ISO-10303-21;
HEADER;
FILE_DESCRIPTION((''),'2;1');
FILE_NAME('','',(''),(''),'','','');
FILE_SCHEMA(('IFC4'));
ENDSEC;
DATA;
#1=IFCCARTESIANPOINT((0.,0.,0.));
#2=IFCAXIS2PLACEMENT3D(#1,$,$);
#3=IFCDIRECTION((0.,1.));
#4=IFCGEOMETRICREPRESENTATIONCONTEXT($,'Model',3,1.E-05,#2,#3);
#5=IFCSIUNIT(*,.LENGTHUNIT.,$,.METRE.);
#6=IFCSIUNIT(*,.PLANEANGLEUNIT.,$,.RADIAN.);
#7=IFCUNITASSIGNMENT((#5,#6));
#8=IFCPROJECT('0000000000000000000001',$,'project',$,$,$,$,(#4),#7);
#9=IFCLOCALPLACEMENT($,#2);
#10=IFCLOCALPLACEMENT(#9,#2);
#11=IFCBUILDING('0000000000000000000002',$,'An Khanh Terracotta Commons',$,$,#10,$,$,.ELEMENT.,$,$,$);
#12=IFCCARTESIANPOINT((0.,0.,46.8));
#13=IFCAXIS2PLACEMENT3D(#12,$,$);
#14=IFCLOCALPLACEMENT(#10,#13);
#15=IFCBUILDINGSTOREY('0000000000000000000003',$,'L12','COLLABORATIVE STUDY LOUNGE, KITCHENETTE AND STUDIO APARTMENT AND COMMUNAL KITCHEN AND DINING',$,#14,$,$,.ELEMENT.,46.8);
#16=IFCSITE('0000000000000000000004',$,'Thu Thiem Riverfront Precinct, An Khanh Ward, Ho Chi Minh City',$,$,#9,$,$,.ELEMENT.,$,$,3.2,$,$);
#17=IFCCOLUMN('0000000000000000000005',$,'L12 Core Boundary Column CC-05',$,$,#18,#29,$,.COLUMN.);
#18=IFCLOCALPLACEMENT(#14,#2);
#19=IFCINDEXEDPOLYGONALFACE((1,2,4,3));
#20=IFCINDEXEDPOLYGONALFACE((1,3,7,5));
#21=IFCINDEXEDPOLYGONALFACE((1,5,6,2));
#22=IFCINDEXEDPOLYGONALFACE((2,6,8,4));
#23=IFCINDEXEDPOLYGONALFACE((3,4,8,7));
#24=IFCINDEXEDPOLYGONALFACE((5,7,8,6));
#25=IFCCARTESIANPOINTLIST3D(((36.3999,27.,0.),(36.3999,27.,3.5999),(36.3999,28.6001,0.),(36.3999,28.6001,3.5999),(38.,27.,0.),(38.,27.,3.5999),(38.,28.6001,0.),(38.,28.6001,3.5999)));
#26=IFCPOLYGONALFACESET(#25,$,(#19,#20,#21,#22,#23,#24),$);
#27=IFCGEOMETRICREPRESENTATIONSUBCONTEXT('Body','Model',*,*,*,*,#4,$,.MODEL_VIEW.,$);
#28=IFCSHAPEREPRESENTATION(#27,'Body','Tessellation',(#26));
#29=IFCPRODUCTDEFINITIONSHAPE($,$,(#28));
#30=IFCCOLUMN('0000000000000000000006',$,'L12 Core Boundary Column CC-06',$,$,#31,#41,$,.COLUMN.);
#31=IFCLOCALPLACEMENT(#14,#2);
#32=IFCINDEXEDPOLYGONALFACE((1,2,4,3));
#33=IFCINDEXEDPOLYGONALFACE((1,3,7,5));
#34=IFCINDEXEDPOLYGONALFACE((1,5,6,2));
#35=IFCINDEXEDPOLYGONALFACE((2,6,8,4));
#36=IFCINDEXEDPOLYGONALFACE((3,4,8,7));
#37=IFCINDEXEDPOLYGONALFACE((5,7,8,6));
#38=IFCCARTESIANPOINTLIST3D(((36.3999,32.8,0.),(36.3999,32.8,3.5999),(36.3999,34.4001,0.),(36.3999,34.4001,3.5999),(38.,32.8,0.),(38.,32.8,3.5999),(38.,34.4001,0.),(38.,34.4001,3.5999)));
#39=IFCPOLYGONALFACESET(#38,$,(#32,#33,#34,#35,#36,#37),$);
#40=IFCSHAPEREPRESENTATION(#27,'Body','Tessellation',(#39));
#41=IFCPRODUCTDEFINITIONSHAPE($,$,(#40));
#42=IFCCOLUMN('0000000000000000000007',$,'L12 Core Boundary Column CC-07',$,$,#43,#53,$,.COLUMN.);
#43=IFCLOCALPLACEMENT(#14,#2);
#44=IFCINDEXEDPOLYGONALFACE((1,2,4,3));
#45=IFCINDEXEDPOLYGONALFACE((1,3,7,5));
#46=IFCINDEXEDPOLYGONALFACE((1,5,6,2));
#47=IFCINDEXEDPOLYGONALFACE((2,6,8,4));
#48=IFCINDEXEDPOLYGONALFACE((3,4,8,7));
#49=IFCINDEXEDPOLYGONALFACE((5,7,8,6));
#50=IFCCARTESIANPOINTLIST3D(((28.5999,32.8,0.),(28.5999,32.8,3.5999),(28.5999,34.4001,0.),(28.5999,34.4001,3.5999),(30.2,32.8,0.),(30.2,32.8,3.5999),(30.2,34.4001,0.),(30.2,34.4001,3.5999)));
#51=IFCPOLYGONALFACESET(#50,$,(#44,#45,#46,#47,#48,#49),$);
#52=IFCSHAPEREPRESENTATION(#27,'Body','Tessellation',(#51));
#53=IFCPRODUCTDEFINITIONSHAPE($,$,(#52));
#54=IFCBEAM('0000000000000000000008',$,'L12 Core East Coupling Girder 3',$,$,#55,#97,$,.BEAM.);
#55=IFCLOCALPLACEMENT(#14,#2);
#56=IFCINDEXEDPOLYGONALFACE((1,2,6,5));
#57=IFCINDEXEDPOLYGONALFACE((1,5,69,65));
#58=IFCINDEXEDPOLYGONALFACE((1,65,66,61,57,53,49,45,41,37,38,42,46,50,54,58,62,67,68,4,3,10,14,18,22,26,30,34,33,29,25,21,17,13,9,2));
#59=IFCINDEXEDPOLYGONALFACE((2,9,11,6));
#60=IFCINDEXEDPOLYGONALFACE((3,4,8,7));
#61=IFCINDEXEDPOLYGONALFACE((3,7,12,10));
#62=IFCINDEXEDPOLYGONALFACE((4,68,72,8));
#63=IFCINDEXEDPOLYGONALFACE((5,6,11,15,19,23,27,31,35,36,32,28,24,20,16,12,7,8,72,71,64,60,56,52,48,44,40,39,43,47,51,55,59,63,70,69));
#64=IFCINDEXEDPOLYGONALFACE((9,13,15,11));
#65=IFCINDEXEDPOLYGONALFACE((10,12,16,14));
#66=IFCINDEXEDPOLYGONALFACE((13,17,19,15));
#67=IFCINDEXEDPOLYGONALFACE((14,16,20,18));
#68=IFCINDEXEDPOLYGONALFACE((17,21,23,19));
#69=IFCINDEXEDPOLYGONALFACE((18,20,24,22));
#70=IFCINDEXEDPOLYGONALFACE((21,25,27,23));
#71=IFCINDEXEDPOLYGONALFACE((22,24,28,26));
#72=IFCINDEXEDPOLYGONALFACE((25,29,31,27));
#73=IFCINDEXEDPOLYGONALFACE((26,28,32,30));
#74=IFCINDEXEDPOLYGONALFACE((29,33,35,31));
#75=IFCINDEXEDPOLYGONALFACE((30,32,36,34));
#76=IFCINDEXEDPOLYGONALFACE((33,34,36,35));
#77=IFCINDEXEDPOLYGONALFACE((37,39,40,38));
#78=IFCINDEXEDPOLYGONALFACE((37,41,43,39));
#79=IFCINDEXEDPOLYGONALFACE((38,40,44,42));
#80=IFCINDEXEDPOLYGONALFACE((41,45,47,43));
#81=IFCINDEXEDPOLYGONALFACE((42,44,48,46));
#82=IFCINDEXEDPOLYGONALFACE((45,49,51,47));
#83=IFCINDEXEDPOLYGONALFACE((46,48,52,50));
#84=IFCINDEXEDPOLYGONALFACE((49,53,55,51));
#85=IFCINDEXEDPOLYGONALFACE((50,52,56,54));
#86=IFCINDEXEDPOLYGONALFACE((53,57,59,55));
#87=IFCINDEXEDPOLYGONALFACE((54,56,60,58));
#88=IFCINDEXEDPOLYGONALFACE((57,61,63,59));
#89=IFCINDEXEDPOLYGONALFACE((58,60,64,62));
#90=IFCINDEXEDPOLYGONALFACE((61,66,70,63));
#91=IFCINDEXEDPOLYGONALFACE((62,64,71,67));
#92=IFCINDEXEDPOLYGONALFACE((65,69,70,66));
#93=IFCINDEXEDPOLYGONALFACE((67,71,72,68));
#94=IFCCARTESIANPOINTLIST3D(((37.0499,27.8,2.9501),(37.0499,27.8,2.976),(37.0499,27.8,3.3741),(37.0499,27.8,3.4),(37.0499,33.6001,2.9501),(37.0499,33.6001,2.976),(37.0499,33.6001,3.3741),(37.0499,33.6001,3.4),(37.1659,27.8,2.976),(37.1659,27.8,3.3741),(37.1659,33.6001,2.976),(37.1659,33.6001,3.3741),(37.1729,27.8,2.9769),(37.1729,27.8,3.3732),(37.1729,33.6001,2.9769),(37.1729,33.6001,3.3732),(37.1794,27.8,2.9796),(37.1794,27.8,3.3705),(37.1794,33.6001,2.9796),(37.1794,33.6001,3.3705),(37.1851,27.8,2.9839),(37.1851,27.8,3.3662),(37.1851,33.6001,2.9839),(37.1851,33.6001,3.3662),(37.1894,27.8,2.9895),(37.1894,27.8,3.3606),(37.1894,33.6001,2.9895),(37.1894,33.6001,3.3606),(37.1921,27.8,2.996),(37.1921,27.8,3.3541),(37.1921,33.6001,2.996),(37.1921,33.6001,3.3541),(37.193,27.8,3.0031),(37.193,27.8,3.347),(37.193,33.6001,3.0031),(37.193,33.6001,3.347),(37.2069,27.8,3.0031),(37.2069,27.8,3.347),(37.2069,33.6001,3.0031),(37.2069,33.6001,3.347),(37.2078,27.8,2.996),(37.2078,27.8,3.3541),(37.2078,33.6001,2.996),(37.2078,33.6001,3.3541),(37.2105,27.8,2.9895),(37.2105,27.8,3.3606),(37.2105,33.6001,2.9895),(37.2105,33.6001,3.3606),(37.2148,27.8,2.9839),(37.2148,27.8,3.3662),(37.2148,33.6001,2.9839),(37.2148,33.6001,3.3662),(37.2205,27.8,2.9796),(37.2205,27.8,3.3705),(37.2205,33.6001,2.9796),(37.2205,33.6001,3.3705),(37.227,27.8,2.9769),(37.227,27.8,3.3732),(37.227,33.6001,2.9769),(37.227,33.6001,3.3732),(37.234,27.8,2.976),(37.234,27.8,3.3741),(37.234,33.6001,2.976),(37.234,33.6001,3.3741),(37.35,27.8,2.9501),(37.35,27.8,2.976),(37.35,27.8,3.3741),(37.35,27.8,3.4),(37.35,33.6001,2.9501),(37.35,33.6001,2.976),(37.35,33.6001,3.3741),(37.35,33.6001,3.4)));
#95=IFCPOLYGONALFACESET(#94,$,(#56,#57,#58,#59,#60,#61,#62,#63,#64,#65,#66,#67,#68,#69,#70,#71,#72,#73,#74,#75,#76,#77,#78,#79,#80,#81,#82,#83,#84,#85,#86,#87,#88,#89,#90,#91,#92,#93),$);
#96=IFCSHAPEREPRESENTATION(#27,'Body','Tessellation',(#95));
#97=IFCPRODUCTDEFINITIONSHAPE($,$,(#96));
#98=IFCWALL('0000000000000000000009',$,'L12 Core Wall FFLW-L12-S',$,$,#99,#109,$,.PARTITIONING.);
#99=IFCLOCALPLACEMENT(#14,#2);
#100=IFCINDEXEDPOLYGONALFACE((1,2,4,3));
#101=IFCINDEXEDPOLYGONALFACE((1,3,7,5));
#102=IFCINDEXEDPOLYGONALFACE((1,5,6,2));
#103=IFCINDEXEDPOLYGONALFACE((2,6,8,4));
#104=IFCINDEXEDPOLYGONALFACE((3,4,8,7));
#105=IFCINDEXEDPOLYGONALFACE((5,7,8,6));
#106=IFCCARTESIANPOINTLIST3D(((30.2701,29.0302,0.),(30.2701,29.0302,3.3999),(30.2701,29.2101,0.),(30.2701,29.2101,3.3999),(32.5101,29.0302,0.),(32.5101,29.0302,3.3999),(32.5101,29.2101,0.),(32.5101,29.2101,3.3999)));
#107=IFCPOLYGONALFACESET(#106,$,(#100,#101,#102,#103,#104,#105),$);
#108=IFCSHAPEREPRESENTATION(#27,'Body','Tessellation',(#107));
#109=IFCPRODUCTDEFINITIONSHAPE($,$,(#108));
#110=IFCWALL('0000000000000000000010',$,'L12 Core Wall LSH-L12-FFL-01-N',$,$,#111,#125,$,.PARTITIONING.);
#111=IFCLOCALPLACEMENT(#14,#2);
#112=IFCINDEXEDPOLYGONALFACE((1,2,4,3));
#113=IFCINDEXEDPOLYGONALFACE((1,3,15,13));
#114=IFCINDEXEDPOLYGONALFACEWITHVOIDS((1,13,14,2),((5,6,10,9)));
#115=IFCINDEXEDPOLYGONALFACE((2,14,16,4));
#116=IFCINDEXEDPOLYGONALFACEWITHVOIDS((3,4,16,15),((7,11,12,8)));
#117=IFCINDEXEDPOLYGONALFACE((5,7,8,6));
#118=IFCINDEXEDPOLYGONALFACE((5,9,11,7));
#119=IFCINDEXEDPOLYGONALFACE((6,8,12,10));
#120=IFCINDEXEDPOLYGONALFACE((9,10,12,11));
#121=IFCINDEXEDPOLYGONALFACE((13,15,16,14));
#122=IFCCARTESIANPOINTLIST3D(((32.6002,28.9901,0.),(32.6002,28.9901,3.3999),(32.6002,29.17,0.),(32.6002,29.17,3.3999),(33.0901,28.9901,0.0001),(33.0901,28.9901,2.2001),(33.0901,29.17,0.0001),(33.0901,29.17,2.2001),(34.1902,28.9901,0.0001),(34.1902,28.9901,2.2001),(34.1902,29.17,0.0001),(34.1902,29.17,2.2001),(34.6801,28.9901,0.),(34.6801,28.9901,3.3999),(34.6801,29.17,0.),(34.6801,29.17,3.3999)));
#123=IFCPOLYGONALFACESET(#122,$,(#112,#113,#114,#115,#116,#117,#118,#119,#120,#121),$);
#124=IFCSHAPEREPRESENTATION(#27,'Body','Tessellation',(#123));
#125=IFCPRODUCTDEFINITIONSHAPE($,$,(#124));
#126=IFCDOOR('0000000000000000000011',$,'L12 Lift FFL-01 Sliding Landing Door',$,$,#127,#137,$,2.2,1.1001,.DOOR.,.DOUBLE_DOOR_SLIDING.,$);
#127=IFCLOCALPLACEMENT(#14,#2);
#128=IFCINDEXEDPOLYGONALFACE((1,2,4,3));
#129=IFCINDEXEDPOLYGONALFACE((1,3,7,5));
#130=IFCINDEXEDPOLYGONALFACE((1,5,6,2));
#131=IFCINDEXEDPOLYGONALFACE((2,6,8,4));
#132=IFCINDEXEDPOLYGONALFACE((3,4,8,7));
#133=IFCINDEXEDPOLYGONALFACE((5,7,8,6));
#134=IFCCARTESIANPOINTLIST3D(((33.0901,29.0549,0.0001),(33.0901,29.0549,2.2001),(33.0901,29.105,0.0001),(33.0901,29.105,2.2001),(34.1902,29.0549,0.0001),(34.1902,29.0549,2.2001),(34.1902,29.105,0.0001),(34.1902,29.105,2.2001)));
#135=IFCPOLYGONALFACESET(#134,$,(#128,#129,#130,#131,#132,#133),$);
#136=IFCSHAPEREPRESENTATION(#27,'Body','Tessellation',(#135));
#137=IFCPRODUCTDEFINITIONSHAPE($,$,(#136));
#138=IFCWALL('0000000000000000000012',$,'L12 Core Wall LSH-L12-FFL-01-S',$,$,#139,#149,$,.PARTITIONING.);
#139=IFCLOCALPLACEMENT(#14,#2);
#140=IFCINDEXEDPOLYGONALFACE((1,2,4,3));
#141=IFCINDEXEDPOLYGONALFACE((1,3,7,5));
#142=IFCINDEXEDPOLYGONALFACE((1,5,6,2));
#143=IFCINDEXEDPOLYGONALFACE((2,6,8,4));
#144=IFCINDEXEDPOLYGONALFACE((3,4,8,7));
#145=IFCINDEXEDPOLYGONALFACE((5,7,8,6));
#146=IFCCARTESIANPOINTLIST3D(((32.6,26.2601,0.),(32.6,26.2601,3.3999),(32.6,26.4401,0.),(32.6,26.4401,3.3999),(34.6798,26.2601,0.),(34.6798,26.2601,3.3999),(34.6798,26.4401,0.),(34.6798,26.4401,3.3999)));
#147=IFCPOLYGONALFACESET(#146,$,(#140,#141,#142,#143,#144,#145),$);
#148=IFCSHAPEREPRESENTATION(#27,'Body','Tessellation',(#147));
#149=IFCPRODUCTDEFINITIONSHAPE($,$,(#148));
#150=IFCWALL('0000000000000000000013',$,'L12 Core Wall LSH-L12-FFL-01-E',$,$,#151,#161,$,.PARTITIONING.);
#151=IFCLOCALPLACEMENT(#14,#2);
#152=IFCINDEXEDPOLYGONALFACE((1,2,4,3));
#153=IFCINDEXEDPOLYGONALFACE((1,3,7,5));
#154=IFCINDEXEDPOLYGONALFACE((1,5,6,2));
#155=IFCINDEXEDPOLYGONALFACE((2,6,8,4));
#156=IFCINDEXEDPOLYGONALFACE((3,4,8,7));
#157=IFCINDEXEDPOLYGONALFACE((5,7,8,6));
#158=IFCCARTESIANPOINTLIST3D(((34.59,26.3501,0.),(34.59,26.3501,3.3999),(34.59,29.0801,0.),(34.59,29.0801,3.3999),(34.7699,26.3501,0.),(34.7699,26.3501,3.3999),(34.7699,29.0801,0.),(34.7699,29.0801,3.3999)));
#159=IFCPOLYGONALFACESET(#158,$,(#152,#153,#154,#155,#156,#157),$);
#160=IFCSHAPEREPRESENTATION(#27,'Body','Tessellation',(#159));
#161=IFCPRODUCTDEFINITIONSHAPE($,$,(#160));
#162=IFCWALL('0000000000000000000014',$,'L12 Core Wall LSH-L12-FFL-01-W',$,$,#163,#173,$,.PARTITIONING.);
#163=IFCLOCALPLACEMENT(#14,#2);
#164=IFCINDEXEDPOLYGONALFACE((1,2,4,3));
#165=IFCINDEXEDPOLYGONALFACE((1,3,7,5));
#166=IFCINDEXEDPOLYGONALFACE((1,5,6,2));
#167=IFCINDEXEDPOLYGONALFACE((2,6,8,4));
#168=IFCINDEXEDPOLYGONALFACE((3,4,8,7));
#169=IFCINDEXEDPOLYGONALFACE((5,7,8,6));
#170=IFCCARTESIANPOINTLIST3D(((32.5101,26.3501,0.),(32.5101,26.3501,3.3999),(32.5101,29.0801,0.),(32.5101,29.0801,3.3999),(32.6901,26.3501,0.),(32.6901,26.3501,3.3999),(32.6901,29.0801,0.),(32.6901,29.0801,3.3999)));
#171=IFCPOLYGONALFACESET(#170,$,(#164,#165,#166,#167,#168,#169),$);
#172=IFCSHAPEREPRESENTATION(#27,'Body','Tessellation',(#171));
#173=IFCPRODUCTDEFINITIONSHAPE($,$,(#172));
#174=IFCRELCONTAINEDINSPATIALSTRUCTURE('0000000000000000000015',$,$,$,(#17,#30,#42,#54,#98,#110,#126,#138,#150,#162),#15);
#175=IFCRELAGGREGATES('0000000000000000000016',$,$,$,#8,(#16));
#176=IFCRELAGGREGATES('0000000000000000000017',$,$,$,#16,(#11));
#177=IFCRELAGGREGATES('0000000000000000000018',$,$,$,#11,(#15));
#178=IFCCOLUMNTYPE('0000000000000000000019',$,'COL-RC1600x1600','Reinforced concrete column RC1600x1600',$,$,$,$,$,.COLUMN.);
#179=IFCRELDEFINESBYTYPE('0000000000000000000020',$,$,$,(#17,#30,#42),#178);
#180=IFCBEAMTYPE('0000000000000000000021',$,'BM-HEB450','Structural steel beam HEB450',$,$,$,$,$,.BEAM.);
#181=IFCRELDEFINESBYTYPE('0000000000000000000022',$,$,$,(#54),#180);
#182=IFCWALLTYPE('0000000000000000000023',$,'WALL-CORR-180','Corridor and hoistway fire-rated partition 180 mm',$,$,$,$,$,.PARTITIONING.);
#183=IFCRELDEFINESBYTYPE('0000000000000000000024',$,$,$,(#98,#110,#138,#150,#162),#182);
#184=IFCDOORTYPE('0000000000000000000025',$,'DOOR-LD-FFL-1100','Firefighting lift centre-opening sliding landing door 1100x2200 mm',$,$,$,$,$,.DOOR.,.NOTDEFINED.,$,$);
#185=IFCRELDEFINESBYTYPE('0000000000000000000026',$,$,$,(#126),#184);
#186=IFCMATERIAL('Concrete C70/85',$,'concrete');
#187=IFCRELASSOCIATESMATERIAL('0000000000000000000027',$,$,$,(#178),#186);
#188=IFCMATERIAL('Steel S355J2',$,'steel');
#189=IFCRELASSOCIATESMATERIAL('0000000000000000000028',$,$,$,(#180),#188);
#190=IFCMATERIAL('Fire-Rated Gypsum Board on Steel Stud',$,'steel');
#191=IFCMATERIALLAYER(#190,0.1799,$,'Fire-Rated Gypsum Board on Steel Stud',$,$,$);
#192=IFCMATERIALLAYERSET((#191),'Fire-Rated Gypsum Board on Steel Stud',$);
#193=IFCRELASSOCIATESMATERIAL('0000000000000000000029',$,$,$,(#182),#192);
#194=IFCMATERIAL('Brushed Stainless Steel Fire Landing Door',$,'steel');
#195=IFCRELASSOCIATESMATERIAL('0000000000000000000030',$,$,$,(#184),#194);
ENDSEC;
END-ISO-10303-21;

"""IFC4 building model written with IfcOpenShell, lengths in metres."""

from ifc_helpers import new_model, si_unit, direction, frame, frame_2d, origin, origin_2d, place, context, subcontext, project, spatial, rectangle, i_section, extrude, material, layer, layer_set, material_profile, profile_set, type_object, element, fill, save


model = new_model("IFC4")

# Units and contexts
model_context = context("Model", 3, precision=1e-05, world=origin(), true_north=direction((0.0, 1.0)))
body_context = subcontext(model_context, "Body", "Model", "MODEL_VIEW")
ifc_project = project(units=[si_unit("LENGTHUNIT", "METRE"), si_unit("PLANEANGLEUNIT", "RADIAN")], contexts=[model_context])

# Site, building, storey
site_placement = place(None, origin())
site = spatial("IfcSite", under=ifc_project, at=site_placement, Name="Thu Thiem Riverfront Precinct, An Khanh Ward, Ho Chi Minh City", CompositionType="ELEMENT", RefElevation=3.2)
building_placement = place(site_placement, origin())
building = spatial("IfcBuilding", under=site, at=building_placement, Name="An Khanh Terracotta Commons", CompositionType="ELEMENT")
storey_placement = place(building_placement, frame((0.0, 0.0, 46.8)))
storey = spatial("IfcBuildingStorey", under=building, at=storey_placement, Name="L12", Description="COLLABORATIVE STUDY LOUNGE, KITCHENETTE AND STUDIO APARTMENT AND COMMUNAL KITCHEN AND DINING", CompositionType="ELEMENT", Elevation=46.8)

# Columns
ifc_material_1 = material(Name="Concrete C70/85", Category="concrete")
ifc_material_profile_1 = material_profile(ifc_material_1, rectangle(XDim=1.6001, YDim=1.6001, at=origin_2d()), Name="RC1600x1600")
ifc_profile_set_1 = profile_set([ifc_material_profile_1], Name="Concrete C70/85")
column_type = type_object("IfcColumnType", Name="COL-RC1600x1600", Description="Reinforced concrete column RC1600x1600", PredefinedType="COLUMN", material=ifc_profile_set_1)
for number, where, z_axis, x_axis, name in (
    (1, (37.2, 27.8, 0.0), (0.0, 0.0, 1.0), (1.0, 0.0, 0.0), "L12 Core Boundary Column CC-05"),
    (2, (37.2, 33.6001, 0.0), (0.0, 0.0, 1.0), (1.0, 0.0, 0.0), "L12 Core Boundary Column CC-06"),
    (3, (29.3999, 33.6001, 0.0), (0.0, 0.0, 1.0), (1.0, 0.0, 0.0), "L12 Core Boundary Column CC-07"),
):
    element("IfcColumn", number, at=place(storey_placement, frame(where, z_axis=z_axis, x_axis=x_axis)), inside=storey, type_object=column_type, Name=name, PredefinedType="COLUMN", context=body_context, shape_type="SweptSolid", body=[
        extrude(rectangle(XDim=1.6001, YDim=1.6001, at=origin_2d()), origin(), (0.0, 0.0, 1.0), 3.5999),
    ])

# Beam
ifc_material_2 = material(Name="Steel S355J2", Category="steel")
ifc_material_profile_2 = material_profile(ifc_material_2, i_section(OverallWidth=0.3, OverallDepth=0.45, WebThickness=0.0139, FlangeThickness=0.0259, FilletRadius=0.0271, at=origin_2d()), Name="HEB450")
ifc_profile_set_2 = profile_set([ifc_material_profile_2], Name="Steel S355J2")
beam_type = type_object("IfcBeamType", Name="BM-HEB450", Description="Structural steel beam HEB450", PredefinedType="BEAM", material=ifc_profile_set_2)
beam_placement = place(storey_placement, frame((37.2, 27.8, 3.175), z_axis=(0.0, 1.0, 0.0), x_axis=(-1.0, 0.0, 0.0)))
element("IfcBeam", 4, at=beam_placement, inside=storey, type_object=beam_type, Name="L12 Core East Coupling Girder 3", PredefinedType="BEAM", context=body_context, shape_type="SweptSolid", body=[
    extrude(i_section(OverallWidth=0.3, OverallDepth=0.45, WebThickness=0.0139, FlangeThickness=0.0259, FilletRadius=0.0271, at=origin_2d()), origin(), (0.0, 0.0, 1.0), 5.8),
])

# Wall
ifc_material_3 = material(Name="Fire-Rated Gypsum Board on Steel Stud", Category="steel")
ifc_layer_1 = layer(ifc_material_3, 0.1799, Name="Fire-Rated Gypsum Board on Steel Stud")
ifc_layer_set_1 = layer_set([ifc_layer_1], Name="Fire-Rated Gypsum Board on Steel Stud")
wall_type_1 = type_object("IfcWallType", Name="WALL-CORR-180", Description="Corridor and hoistway fire-rated partition 180 mm", PredefinedType="PARTITIONING", material=ifc_layer_set_1)
wall_1_placement = place(storey_placement, frame((30.27, 29.1201, 0.0), z_axis=(0.0, 0.0, 1.0), x_axis=(1.0, 0.0, 0.0)))
element("IfcWall", 5, at=wall_1_placement, inside=storey, type_object=wall_type_1, Name="L12 Core Wall FFLW-L12-S", PredefinedType="PARTITIONING", context=body_context, shape_type="SweptSolid", body=[
    extrude(rectangle(XDim=2.24, YDim=0.1799, at=frame_2d((1.1201, 0.0))), origin(), (0.0, 0.0, 1.0), 3.3999),
])

# Wall, opening, door
wall_2_placement = place(storey_placement, frame((32.6001, 29.0801, 0.0), z_axis=(0.0, 0.0, 1.0), x_axis=(1.0, 0.0, 0.0)))
wall_2 = element("IfcWall", 6, at=wall_2_placement, inside=storey, type_object=wall_type_1, Name="L12 Core Wall LSH-L12-FFL-01-N", PredefinedType="PARTITIONING", context=body_context, shape_type="SweptSolid", body=[
    extrude(rectangle(XDim=2.0798, YDim=0.1799, at=frame_2d((1.04, 0.0))), origin(), (0.0, 0.0, 1.0), 3.3999),
])
opening_1_placement = place(wall_2_placement, frame((0.49, 0.0, 0.0)))
opening_1 = element("IfcOpeningElement", 7, at=opening_1_placement, cuts=wall_2, PredefinedType="OPENING", context=body_context, shape_type="SweptSolid", body=[
    extrude(rectangle(XDim=1.1001, YDim=2.2, at=frame_2d((0.55, 1.1001))), frame((0.0, 0.0999, 0.0), z_axis=(0.0, -1.0, 0.0), x_axis=(1.0, 0.0, 0.0)), (0.0, 0.0, 1.0), 0.2),
])
ifc_material_4 = material(Name="Brushed Stainless Steel Fire Landing Door", Category="steel")
door_type_1 = type_object("IfcDoorType", Name="DOOR-LD-FFL-1100", Description="Firefighting lift centre-opening sliding landing door 1100x2200 mm", OperationType="NOTDEFINED", PredefinedType="DOOR", material=ifc_material_4)
door_1_placement = place(opening_1_placement, origin())
door_1 = element("IfcDoor", 8, at=door_1_placement, inside=storey, type_object=door_type_1, Name="L12 Lift FFL-01 Sliding Landing Door", OperationType="DOUBLE_DOOR_SLIDING", OverallHeight=2.2, OverallWidth=1.1001, PredefinedType="DOOR", context=body_context, shape_type="SweptSolid", body=[
    extrude(rectangle(XDim=1.1001, YDim=2.2, at=frame_2d((0.55, 1.1001))), frame((0.0, 0.0249, 0.0), z_axis=(0.0, -1.0, 0.0), x_axis=(1.0, 0.0, 0.0)), (0.0, 0.0, 1.0), 0.05),
])
fill(opening_1, door_1)

# Walls
wall_3_placement = place(storey_placement, frame((34.6799, 26.3501, 0.0), z_axis=(0.0, 0.0, 1.0), x_axis=(-1.0, 0.0, 0.0)))
element("IfcWall", 9, at=wall_3_placement, inside=storey, type_object=wall_type_1, Name="L12 Core Wall LSH-L12-FFL-01-S", PredefinedType="PARTITIONING", context=body_context, shape_type="SweptSolid", body=[
    extrude(rectangle(XDim=2.0798, YDim=0.1799, at=frame_2d((1.04, 0.0))), origin(), (0.0, 0.0, 1.0), 3.3999),
])
for number, where, z_axis, x_axis, name in (
    (10, (34.6799, 26.3501, 0.0), (0.0, 0.0, 1.0), (0.0, 1.0, 0.0), "L12 Core Wall LSH-L12-FFL-01-E"),
    (11, (32.6001, 29.0801, 0.0), (0.0, 0.0, 1.0), (0.0, -1.0, 0.0), "L12 Core Wall LSH-L12-FFL-01-W"),
):
    element("IfcWall", number, at=place(storey_placement, frame(where, z_axis=z_axis, x_axis=x_axis)), inside=storey, type_object=wall_type_1, Name=name, PredefinedType="PARTITIONING", context=body_context, shape_type="SweptSolid", body=[
        extrude(rectangle(XDim=2.73, YDim=0.1799, at=frame_2d((1.365, 0.0))), origin(), (0.0, 0.0, 1.0), 3.3999),
    ])

save(model, "model.ifc")
